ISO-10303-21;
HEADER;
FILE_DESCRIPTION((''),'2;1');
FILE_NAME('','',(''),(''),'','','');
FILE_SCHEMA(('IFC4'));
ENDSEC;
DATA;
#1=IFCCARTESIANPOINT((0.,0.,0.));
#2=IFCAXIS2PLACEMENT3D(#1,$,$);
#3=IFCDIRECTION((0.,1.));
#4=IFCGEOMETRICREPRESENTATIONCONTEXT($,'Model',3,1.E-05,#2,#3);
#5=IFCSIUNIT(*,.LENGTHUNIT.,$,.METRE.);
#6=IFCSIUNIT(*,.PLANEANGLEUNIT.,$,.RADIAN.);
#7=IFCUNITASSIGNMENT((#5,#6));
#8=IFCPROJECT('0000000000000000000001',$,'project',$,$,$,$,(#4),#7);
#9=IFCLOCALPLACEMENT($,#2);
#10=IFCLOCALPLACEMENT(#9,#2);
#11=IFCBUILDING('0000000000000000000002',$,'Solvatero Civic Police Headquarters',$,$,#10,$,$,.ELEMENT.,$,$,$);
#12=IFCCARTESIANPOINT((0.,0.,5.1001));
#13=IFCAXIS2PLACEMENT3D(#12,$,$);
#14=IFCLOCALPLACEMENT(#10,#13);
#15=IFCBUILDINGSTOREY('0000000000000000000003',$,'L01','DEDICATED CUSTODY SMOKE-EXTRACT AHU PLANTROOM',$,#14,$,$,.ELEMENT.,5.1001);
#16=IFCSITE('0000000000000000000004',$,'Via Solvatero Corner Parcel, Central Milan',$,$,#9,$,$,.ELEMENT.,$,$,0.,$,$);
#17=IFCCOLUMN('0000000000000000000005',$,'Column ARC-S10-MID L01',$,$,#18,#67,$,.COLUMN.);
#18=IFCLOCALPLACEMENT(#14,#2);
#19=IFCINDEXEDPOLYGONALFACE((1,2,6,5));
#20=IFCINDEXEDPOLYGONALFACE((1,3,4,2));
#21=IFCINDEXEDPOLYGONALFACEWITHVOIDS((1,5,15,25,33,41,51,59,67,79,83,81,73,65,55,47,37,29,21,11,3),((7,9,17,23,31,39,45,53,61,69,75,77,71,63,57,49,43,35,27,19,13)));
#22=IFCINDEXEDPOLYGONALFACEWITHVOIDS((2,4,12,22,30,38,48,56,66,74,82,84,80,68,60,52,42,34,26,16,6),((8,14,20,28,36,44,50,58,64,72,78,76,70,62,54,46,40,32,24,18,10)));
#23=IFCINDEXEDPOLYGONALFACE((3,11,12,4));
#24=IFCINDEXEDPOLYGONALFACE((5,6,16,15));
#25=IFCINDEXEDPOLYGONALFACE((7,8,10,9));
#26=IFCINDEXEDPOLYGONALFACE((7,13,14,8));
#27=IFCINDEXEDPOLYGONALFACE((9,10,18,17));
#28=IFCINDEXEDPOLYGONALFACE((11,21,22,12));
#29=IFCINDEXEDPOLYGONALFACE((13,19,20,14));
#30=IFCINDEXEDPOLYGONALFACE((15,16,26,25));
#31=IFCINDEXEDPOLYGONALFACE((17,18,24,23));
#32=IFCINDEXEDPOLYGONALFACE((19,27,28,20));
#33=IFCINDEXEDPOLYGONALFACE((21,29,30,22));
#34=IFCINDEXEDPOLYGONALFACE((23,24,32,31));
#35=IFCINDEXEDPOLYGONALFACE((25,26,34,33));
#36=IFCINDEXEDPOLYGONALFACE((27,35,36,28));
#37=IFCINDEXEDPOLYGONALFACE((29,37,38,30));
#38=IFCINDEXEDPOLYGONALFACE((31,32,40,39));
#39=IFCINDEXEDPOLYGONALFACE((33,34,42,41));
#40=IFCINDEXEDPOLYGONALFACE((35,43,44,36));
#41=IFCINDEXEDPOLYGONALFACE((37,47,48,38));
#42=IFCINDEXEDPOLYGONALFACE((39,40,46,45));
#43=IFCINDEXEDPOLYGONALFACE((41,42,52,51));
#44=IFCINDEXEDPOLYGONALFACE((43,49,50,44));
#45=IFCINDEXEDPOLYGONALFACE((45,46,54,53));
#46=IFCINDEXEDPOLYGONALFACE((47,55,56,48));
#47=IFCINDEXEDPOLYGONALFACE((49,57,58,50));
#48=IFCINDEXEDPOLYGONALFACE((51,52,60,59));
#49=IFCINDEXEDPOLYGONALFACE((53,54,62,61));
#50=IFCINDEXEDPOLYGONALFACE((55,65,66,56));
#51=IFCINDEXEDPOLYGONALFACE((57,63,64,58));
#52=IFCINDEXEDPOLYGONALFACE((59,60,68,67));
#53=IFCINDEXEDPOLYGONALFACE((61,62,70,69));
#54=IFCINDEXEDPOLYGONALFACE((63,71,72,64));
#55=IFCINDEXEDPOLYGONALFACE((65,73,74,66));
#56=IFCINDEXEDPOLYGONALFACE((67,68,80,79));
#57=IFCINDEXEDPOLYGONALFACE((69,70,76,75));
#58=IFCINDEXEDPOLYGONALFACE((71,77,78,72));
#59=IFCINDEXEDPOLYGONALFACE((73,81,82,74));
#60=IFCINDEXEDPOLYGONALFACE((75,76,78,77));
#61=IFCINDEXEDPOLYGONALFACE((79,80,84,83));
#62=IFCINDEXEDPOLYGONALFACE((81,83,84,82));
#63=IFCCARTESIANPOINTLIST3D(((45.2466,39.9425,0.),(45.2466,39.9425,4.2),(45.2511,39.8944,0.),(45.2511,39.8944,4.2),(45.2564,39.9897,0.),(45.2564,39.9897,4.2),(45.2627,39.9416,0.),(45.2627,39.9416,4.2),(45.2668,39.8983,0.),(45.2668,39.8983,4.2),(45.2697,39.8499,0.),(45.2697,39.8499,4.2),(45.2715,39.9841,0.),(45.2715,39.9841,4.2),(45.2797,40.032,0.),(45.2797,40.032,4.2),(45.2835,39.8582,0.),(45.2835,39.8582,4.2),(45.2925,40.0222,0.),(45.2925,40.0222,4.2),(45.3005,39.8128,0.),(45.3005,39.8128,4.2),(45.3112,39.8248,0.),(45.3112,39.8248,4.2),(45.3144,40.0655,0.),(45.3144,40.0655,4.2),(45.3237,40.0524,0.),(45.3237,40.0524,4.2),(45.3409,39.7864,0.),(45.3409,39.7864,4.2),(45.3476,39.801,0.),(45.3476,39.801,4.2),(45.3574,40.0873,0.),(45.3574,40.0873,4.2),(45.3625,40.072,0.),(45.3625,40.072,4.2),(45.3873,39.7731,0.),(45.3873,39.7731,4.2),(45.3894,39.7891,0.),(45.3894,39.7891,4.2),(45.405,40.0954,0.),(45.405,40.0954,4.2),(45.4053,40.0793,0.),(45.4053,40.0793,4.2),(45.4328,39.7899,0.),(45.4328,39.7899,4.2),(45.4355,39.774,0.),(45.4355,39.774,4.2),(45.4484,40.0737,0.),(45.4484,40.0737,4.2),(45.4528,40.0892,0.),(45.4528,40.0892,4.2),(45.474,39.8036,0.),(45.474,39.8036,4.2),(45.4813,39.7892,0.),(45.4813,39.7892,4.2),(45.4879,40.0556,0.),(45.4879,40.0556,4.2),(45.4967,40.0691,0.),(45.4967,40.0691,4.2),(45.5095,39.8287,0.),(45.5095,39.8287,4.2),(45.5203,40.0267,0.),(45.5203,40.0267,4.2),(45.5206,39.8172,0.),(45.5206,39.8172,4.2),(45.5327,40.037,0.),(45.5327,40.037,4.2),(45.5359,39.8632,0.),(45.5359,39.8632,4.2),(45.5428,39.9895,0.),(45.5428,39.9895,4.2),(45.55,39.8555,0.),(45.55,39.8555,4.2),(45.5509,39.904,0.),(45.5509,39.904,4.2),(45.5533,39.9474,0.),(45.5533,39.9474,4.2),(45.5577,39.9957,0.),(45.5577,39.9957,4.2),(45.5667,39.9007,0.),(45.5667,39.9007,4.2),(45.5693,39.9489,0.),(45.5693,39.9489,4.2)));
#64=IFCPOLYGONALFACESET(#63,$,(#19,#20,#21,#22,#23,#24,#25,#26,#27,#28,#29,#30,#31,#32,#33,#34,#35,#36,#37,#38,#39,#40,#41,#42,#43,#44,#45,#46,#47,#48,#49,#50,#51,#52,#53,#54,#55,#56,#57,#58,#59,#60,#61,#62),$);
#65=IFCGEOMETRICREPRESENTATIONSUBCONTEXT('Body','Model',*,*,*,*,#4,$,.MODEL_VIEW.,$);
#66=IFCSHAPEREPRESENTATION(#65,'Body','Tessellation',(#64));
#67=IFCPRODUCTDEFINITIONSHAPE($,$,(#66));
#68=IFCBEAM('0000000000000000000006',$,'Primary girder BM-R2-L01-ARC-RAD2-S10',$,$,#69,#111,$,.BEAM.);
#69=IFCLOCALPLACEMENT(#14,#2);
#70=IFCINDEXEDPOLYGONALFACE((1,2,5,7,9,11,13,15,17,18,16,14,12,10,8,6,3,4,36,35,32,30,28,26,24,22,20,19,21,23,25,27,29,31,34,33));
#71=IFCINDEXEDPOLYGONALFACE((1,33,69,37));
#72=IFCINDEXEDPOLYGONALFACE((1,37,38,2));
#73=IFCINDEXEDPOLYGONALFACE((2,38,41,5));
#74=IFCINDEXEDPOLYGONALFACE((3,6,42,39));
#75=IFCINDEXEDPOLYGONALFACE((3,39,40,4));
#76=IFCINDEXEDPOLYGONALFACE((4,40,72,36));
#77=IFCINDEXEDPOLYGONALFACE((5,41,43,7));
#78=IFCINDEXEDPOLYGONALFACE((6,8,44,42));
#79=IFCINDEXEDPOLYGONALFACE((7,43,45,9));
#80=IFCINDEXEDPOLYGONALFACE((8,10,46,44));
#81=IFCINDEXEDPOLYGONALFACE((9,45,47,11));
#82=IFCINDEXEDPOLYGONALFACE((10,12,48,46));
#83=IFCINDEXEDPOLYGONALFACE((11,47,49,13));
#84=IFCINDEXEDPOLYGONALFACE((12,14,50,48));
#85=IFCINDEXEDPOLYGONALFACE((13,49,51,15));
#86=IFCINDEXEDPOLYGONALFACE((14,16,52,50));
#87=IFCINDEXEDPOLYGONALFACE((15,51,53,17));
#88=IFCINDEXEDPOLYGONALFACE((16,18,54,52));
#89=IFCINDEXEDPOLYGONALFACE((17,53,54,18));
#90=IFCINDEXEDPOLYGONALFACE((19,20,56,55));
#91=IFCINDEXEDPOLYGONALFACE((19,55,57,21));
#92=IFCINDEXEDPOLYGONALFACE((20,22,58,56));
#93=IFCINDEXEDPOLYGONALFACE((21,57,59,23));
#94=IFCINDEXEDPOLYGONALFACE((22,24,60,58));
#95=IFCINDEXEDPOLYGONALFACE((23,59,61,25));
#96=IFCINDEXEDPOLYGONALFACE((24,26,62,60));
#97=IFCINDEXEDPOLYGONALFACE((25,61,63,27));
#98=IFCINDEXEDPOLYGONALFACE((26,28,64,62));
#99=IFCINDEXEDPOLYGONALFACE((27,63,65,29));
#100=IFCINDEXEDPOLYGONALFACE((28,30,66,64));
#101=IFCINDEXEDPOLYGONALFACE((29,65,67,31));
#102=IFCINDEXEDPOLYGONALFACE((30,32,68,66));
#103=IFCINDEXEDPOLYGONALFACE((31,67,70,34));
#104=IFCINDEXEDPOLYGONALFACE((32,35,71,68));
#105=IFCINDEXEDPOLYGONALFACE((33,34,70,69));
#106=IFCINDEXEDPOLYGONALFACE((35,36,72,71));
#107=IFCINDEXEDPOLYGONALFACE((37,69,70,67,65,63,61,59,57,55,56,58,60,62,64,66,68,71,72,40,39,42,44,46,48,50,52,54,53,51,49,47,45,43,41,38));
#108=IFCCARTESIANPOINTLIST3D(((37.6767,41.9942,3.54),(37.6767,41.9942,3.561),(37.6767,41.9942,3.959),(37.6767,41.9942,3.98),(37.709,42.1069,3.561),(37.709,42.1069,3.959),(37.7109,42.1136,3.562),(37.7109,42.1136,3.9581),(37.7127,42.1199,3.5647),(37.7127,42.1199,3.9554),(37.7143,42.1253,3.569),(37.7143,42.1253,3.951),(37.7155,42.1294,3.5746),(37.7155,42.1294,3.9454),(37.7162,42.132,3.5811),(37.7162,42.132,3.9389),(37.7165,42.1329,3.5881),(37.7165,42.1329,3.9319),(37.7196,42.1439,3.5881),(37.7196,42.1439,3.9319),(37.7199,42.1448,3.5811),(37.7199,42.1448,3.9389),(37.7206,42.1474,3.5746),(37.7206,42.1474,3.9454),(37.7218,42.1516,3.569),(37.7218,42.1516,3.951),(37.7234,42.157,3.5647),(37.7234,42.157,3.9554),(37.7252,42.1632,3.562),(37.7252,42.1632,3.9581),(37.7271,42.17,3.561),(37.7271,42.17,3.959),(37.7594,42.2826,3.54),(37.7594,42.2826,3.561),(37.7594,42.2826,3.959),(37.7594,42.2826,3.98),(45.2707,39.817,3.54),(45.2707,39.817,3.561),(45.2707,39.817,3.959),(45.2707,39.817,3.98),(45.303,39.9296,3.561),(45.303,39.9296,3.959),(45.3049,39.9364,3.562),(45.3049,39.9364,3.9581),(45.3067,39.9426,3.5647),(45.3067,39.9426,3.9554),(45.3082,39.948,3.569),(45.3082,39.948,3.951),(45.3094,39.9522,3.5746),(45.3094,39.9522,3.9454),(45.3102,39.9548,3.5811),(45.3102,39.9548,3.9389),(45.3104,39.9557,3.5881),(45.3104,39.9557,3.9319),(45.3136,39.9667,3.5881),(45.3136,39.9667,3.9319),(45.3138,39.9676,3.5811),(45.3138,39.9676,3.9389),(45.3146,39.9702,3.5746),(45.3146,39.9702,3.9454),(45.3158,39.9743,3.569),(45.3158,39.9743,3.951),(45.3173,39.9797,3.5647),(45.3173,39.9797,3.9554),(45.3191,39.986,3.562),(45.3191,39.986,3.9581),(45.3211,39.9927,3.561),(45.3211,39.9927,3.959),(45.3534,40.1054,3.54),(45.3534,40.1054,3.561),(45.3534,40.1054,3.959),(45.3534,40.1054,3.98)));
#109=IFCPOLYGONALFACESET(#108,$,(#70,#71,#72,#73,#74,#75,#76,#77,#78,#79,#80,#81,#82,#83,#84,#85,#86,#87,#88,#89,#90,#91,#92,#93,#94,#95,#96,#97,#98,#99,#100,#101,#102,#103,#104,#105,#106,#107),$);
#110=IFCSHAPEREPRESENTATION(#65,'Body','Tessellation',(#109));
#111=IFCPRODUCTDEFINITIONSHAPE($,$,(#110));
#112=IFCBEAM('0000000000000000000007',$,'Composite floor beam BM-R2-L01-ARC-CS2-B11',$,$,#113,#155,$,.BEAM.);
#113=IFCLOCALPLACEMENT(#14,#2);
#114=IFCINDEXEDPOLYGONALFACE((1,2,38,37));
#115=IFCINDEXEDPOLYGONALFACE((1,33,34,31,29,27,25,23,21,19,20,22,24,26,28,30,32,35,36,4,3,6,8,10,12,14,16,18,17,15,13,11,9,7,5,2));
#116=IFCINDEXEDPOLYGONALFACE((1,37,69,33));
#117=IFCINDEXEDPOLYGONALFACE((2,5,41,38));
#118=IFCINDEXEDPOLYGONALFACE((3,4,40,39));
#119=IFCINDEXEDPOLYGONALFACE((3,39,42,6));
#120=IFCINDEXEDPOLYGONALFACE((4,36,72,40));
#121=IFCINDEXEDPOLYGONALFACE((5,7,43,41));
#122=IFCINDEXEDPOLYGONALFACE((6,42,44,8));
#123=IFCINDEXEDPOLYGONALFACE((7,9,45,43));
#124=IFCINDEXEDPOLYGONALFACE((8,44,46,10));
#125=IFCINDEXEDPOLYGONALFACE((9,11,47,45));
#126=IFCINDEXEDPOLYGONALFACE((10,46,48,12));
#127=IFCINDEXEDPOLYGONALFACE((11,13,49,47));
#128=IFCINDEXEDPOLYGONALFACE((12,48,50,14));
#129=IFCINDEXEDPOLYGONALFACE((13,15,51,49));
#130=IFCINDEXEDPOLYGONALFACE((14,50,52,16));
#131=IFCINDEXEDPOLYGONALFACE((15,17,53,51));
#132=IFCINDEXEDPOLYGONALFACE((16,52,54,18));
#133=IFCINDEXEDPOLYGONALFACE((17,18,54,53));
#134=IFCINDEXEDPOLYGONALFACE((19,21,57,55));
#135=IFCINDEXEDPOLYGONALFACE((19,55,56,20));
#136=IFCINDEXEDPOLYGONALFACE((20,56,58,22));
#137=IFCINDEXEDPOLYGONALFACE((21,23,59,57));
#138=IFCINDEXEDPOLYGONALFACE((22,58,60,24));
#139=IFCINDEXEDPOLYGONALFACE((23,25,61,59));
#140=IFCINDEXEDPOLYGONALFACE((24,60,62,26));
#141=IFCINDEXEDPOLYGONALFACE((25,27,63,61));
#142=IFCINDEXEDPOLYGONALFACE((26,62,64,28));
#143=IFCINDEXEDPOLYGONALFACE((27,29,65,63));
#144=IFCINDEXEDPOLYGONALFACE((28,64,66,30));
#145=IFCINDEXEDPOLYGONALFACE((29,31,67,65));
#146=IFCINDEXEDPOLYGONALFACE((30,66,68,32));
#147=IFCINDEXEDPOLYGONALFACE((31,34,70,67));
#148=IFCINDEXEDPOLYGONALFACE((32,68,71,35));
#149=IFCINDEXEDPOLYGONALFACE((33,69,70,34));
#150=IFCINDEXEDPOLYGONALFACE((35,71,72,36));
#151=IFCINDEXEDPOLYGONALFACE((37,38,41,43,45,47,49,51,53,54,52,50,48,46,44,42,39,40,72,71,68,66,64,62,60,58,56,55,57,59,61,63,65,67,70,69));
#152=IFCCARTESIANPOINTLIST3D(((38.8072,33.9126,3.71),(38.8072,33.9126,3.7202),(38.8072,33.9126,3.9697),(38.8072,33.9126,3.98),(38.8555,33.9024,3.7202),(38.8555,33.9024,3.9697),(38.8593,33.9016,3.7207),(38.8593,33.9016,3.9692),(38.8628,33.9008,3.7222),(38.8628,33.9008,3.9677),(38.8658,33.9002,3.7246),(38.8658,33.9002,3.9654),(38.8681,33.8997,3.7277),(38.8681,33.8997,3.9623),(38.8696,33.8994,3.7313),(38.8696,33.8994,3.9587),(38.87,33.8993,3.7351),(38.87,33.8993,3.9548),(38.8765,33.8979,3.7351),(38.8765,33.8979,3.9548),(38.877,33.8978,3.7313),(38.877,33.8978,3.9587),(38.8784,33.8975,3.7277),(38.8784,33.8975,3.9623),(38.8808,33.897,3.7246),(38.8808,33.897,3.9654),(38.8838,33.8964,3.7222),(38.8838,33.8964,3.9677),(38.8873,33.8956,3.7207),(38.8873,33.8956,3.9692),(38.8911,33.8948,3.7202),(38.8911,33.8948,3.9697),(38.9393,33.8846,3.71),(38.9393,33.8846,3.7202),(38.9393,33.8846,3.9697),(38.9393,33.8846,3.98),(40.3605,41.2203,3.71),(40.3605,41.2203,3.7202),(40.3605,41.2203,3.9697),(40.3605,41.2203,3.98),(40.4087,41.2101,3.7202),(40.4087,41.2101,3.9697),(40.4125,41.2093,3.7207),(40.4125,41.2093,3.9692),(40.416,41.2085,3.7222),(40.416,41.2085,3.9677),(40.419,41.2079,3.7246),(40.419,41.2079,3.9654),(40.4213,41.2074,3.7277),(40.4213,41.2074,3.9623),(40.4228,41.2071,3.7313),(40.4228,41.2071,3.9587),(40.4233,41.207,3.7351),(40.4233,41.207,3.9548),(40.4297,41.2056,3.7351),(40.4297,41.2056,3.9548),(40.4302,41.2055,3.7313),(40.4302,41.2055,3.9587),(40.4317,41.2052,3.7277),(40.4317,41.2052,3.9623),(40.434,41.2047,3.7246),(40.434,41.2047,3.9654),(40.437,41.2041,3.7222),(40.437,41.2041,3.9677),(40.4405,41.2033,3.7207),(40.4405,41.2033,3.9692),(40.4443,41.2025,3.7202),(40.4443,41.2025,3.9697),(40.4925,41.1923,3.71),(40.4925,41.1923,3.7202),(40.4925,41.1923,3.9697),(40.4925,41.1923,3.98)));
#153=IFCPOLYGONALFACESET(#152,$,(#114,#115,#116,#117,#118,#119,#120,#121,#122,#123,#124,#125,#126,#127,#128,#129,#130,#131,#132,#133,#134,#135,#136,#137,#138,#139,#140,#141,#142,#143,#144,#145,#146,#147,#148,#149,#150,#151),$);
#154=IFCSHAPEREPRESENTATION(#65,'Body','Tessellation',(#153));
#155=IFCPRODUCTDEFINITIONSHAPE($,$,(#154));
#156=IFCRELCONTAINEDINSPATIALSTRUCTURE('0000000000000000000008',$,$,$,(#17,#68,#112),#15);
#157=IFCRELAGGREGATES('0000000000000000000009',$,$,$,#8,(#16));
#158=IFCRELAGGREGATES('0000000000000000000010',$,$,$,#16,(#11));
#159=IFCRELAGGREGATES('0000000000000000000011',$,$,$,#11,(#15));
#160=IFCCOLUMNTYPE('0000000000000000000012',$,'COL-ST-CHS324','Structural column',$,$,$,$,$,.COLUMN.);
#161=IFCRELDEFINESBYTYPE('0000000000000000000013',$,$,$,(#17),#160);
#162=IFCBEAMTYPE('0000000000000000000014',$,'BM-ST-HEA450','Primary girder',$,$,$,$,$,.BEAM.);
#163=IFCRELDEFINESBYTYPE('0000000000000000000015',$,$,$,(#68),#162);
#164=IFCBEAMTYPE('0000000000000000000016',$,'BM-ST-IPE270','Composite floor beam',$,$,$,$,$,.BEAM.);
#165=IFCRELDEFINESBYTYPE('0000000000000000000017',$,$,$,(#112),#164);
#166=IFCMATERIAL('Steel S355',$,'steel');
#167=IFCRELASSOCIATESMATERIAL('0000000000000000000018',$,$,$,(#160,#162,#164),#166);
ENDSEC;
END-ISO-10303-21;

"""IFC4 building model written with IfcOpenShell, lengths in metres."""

from ifc_helpers import new_model, si_unit, direction, frame, origin, origin_2d, place, context, subcontext, project, spatial, hollow_circle, i_section, extrude, material, material_profile, profile_set, type_object, element, save


model = new_model("IFC4")

# Units and contexts
model_context = context("Model", 3, precision=1e-05, world=origin(), true_north=direction((0.0, 1.0)))
body_context = subcontext(model_context, "Body", "Model", "MODEL_VIEW")
ifc_project = project(units=[si_unit("LENGTHUNIT", "METRE"), si_unit("PLANEANGLEUNIT", "RADIAN")], contexts=[model_context])

# Site, building, storey
site_placement = place(None, origin())
site = spatial("IfcSite", under=ifc_project, at=site_placement, Name="Via Solvatero Corner Parcel, Central Milan", CompositionType="ELEMENT", RefElevation=0.0)
building_placement = place(site_placement, origin())
building = spatial("IfcBuilding", under=site, at=building_placement, Name="Solvatero Civic Police Headquarters", CompositionType="ELEMENT")
storey_placement = place(building_placement, frame((0.0, 0.0, 5.1001)))
storey = spatial("IfcBuildingStorey", under=building, at=storey_placement, Name="L01", Description="DEDICATED CUSTODY SMOKE-EXTRACT AHU PLANTROOM", CompositionType="ELEMENT", Elevation=5.1001)

# Column
ifc_material_1 = material(Name="Steel S355", Category="steel")
ifc_material_profile_1 = material_profile(ifc_material_1, hollow_circle(Radius=0.1619, WallThickness=0.0161, at=origin_2d()), Name="CHS 323.9x16.0")
ifc_profile_set_1 = profile_set([ifc_material_profile_1], Name="Steel S355")
column_type = type_object("IfcColumnType", Name="COL-ST-CHS324", Description="Structural column", PredefinedType="COLUMN", material=ifc_profile_set_1)
column_placement = place(storey_placement, frame((45.4082, 39.9336, 0.0), z_axis=(0.0, 0.0, 1.0), x_axis=(0.275637, 0.961262, 0.0)))
element("IfcColumn", 1, at=column_placement, inside=storey, type_object=column_type, Name="Column ARC-S10-MID L01", PredefinedType="COLUMN", context=body_context, shape_type="SweptSolid", body=[
    extrude(hollow_circle(Radius=0.1619, WallThickness=0.0161, at=origin_2d()), origin(), (0.0, 0.0, 1.0), 4.2),
])

# Beams
ifc_material_profile_2 = material_profile(ifc_material_1, i_section(OverallWidth=0.3, OverallDepth=0.4399, WebThickness=0.0115, FlangeThickness=0.021, FilletRadius=0.0271, at=origin_2d()), Name="HEA 450")
ifc_profile_set_2 = profile_set([ifc_material_profile_2], Name="Steel S355")
beam_type_1 = type_object("IfcBeamType", Name="BM-ST-HEA450", Description="Primary girder", PredefinedType="BEAM", material=ifc_profile_set_2)
beam_1_placement = place(storey_placement, frame((45.312, 39.9612, 3.76), z_axis=(-0.961272, 0.275603, 0.0), x_axis=(-0.275603, -0.961272, 0.0)))
element("IfcBeam", 2, at=beam_1_placement, inside=storey, type_object=beam_type_1, Name="Primary girder BM-R2-L01-ARC-RAD2-S10", PredefinedType="BEAM", context=body_context, shape_type="SweptSolid", body=[
    extrude(i_section(OverallWidth=0.3, OverallDepth=0.4399, WebThickness=0.0115, FlangeThickness=0.021, FilletRadius=0.0271, at=origin_2d()), origin(), (0.0, 0.0, 1.0), 7.8999),
])
ifc_material_profile_3 = material_profile(ifc_material_1, i_section(OverallWidth=0.135, OverallDepth=0.27, WebThickness=0.0066, FlangeThickness=0.0103, FilletRadius=0.0149, at=origin_2d()), Name="IPE 270")
ifc_profile_set_3 = profile_set([ifc_material_profile_3], Name="Steel S355")
beam_type_2 = type_object("IfcBeamType", Name="BM-ST-IPE270", Description="Composite floor beam", PredefinedType="BEAM", material=ifc_profile_set_3)
beam_2_placement = place(storey_placement, frame((40.4265, 41.2063, 3.845), z_axis=(-0.207904, -0.978149, 0.0), x_axis=(0.978149, -0.207904, 0.0)))
element("IfcBeam", 3, at=beam_2_placement, inside=storey, type_object=beam_type_2, Name="Composite floor beam BM-R2-L01-ARC-CS2-B11", PredefinedType="BEAM", context=body_context, shape_type="SweptSolid", body=[
    extrude(i_section(OverallWidth=0.135, OverallDepth=0.27, WebThickness=0.0066, FlangeThickness=0.0103, FilletRadius=0.0149, at=origin_2d()), origin(), (0.0, 0.0, 1.0), 7.4709),
])

save(model, "model.ifc")
